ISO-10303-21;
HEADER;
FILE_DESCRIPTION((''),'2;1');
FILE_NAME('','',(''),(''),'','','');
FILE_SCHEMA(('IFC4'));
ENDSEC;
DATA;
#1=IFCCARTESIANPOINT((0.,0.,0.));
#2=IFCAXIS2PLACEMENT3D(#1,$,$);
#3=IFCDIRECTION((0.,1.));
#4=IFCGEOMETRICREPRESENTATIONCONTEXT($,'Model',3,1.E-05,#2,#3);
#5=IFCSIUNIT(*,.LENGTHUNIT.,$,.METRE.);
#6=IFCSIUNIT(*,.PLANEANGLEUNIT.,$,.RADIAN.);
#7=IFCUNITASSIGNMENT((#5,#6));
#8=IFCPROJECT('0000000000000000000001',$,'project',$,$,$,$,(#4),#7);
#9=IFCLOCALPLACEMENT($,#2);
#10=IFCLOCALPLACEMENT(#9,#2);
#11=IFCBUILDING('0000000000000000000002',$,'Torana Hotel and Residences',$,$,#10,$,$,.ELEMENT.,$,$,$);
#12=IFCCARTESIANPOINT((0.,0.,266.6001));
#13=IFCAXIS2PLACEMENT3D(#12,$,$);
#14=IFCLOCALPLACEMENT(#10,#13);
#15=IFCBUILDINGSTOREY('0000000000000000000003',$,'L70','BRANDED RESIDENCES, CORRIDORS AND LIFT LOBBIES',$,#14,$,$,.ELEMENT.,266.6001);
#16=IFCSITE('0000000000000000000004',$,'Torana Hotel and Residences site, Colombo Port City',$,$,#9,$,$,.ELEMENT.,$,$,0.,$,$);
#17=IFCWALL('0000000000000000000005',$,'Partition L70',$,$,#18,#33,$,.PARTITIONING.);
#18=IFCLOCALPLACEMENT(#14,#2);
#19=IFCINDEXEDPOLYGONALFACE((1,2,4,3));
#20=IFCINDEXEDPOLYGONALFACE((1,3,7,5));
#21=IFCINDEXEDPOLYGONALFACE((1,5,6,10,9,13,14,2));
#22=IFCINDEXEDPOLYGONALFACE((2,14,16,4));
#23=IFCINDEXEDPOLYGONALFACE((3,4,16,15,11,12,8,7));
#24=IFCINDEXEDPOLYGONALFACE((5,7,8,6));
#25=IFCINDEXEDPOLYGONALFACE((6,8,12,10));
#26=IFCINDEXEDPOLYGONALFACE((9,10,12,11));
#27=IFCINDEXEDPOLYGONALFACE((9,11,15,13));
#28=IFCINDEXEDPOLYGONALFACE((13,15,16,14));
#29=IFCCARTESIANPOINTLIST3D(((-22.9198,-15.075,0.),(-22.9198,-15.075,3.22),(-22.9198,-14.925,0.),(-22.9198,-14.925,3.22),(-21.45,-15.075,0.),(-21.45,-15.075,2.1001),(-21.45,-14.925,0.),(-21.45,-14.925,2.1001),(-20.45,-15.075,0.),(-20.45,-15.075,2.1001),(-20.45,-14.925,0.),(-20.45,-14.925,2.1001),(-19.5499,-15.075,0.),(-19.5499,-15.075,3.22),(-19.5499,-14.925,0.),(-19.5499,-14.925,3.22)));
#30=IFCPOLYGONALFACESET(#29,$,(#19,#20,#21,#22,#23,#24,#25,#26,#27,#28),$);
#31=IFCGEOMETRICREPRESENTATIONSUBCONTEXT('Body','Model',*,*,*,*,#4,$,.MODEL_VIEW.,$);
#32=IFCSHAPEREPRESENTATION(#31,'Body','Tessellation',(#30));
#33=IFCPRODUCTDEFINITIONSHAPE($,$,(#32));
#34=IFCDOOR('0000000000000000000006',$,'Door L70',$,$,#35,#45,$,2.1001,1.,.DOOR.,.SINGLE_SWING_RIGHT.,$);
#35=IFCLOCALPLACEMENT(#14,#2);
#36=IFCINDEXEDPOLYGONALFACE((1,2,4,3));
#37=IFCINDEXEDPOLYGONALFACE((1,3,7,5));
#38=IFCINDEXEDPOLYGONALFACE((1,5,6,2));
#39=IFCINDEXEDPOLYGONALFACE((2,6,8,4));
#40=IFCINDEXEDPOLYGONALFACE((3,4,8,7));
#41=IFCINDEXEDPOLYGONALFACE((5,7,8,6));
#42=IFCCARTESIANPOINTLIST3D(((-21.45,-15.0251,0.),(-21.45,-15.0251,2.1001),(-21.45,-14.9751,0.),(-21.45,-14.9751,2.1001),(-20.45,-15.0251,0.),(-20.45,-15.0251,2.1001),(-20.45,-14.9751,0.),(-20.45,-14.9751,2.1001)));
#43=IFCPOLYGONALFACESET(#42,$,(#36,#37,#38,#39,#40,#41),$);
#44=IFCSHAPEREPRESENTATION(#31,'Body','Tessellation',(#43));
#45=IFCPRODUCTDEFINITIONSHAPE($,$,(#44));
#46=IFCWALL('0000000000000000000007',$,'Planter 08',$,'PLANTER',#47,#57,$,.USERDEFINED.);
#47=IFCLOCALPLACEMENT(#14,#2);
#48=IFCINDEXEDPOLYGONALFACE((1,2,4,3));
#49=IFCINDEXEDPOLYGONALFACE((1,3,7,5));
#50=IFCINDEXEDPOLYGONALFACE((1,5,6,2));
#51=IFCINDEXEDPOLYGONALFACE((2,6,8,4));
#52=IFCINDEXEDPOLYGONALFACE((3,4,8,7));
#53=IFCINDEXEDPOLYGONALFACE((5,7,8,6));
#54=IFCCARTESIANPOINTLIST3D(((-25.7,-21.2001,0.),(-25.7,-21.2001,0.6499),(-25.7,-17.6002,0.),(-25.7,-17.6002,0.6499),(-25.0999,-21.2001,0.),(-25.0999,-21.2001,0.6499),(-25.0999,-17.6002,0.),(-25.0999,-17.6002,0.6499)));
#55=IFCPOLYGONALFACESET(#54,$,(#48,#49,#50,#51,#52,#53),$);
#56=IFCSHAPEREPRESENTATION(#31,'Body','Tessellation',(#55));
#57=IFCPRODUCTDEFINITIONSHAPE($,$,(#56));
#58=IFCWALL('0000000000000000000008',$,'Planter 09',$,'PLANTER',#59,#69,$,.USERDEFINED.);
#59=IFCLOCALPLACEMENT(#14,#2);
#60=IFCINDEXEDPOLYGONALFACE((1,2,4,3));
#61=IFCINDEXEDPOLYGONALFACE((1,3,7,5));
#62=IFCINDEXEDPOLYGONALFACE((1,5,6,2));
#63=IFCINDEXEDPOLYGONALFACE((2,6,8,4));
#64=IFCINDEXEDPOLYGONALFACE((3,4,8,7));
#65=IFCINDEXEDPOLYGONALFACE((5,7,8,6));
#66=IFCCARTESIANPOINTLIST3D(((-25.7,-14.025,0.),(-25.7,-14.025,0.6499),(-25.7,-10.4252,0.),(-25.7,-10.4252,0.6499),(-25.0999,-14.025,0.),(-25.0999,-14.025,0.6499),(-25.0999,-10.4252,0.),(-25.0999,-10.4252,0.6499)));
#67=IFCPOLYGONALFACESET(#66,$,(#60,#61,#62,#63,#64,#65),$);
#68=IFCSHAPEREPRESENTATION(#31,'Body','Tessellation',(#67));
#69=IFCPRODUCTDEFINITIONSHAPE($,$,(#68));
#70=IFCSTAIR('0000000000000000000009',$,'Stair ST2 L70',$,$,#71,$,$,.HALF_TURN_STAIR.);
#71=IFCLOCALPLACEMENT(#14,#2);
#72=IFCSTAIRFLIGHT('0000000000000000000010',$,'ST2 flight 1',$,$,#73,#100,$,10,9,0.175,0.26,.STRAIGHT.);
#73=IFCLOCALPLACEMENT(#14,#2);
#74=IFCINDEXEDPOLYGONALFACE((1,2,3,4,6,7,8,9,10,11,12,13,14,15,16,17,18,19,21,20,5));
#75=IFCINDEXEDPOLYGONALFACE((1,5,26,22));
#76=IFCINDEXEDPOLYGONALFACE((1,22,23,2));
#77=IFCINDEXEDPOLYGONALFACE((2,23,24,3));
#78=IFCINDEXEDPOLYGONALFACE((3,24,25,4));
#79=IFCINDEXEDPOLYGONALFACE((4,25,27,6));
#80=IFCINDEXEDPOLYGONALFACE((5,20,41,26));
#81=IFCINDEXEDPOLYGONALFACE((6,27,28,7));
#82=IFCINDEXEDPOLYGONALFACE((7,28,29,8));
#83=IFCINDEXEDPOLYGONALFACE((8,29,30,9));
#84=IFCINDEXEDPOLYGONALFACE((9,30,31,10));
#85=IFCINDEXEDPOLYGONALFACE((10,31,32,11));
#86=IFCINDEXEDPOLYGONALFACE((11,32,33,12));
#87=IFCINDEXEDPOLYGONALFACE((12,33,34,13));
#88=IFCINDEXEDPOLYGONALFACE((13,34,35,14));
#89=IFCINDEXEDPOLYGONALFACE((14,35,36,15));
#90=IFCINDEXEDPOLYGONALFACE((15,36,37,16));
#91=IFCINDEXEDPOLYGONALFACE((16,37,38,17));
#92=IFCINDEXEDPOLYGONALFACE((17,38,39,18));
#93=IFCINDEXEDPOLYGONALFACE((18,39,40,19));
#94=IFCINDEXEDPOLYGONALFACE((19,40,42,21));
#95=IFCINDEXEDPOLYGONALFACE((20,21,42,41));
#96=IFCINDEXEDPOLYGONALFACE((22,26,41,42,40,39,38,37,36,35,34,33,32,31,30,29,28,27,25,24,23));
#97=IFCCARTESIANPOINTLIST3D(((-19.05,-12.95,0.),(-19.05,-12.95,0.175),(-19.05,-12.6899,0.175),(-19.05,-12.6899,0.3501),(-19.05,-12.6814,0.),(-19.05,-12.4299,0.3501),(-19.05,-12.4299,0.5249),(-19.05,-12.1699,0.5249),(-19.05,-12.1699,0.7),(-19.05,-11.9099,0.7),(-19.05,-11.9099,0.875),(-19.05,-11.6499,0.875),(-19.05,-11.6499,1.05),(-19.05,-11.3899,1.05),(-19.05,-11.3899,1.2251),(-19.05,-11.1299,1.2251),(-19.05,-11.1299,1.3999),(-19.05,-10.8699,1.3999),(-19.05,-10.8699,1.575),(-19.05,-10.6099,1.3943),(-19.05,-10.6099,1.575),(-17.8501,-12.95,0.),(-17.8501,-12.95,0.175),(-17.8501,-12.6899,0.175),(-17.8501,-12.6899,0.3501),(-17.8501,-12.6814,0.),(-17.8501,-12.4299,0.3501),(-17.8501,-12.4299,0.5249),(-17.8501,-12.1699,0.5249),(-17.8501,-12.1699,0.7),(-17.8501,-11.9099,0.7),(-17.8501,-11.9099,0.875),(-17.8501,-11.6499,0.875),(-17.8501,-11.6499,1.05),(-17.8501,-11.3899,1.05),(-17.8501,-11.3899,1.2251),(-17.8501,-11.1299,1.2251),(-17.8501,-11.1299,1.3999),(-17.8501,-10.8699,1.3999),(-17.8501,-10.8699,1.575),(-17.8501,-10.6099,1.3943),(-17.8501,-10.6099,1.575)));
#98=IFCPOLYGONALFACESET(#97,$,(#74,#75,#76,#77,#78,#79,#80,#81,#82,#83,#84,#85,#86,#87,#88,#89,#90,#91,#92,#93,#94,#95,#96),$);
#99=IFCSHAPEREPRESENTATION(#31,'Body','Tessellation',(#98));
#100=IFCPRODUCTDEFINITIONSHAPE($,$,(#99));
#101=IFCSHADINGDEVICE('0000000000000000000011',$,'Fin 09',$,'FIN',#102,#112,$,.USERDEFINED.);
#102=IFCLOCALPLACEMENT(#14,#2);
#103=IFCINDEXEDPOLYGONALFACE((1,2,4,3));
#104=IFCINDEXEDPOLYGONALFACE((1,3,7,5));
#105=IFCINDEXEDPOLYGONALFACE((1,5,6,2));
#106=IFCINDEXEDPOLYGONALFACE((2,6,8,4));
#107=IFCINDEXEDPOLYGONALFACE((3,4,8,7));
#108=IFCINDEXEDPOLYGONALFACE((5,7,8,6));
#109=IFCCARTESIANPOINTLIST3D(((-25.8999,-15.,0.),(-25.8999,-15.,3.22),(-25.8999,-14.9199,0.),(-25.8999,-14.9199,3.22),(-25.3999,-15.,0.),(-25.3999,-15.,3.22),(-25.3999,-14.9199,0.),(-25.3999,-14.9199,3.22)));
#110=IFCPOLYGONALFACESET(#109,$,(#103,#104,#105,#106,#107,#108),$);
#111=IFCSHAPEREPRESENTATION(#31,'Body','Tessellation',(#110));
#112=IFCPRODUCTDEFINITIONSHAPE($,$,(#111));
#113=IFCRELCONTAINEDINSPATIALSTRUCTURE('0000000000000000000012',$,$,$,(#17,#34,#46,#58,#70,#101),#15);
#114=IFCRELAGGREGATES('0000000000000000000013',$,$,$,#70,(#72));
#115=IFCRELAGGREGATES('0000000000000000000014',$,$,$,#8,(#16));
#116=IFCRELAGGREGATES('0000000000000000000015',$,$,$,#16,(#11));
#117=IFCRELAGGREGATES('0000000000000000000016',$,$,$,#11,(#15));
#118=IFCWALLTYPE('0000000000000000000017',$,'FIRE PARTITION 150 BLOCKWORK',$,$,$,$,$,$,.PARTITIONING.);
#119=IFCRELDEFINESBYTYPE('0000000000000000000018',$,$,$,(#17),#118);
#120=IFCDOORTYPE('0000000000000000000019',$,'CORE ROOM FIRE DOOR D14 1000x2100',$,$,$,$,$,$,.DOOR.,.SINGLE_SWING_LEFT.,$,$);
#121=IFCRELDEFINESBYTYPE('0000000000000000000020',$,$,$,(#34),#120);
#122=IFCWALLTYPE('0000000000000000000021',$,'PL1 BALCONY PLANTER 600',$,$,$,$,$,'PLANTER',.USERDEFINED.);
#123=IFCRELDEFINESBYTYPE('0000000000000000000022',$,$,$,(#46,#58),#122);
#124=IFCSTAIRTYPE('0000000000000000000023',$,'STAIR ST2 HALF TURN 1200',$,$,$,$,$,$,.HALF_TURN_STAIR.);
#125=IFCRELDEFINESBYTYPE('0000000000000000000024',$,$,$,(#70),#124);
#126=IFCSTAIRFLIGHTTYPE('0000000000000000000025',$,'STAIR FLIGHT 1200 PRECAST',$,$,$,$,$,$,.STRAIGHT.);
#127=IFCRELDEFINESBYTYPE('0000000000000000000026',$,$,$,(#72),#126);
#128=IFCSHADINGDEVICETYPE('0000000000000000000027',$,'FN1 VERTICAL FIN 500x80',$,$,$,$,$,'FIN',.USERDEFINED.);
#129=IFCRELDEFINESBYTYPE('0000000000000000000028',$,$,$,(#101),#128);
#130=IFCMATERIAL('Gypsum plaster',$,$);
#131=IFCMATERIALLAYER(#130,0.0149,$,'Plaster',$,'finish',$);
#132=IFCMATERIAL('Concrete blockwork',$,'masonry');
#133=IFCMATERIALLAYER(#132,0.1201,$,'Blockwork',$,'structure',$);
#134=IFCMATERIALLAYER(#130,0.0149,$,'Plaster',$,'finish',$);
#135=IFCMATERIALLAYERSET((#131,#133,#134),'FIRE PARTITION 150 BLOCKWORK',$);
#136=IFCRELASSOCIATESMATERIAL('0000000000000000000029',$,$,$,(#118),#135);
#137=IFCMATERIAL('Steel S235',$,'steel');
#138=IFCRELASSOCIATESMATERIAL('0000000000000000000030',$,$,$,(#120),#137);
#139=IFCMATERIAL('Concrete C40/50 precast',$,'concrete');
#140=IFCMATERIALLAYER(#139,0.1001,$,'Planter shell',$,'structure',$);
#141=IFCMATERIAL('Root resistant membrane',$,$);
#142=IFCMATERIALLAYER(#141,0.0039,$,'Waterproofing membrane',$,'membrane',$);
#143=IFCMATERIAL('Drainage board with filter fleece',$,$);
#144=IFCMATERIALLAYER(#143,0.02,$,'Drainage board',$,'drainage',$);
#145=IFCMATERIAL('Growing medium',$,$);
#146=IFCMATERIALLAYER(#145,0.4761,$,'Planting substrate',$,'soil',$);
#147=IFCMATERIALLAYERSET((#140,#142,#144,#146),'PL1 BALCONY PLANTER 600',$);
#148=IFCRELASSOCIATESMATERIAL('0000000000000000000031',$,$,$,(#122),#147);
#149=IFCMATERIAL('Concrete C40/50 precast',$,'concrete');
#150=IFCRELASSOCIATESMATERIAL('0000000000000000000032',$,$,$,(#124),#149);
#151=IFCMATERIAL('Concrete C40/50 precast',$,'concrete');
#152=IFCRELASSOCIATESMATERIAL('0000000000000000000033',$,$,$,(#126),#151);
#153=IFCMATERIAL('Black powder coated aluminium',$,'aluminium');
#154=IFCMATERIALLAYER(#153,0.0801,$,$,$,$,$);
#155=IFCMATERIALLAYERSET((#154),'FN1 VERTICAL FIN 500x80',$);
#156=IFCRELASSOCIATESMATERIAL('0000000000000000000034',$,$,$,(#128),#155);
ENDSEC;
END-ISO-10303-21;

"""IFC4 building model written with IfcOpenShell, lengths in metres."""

from ifc_helpers import new_model, si_unit, direction, frame, frame_2d, origin, origin_2d, place, context, subcontext, project, spatial, polyline, rectangle, outline, extrude, material, layer, layer_set, type_object, element, fill, aggregate, save


model = new_model("IFC4")

# Units and contexts
model_context = context("Model", 3, precision=1e-05, world=origin(), true_north=direction((0.0, 1.0)))
body_context = subcontext(model_context, "Body", "Model", "MODEL_VIEW")
ifc_project = project(units=[si_unit("LENGTHUNIT", "METRE"), si_unit("PLANEANGLEUNIT", "RADIAN")], contexts=[model_context])

# Site, building, storey
site_placement = place(None, origin())
site = spatial("IfcSite", under=ifc_project, at=site_placement, Name="Torana Hotel and Residences site, Colombo Port City", CompositionType="ELEMENT", RefElevation=0.0)
building_placement = place(site_placement, origin())
building = spatial("IfcBuilding", under=site, at=building_placement, Name="Torana Hotel and Residences", CompositionType="ELEMENT")
storey_placement = place(building_placement, frame((0.0, 0.0, 266.6001)))
storey = spatial("IfcBuildingStorey", under=building, at=storey_placement, Name="L70", Description="BRANDED RESIDENCES, CORRIDORS AND LIFT LOBBIES", CompositionType="ELEMENT", Elevation=266.6001)

# Shared definitions
ifc_material_1 = material(Name="Gypsum plaster")
ifc_layer_1 = layer(ifc_material_1, 0.0149, Name="Plaster", Category="finish")
ifc_material_2 = material(Name="Concrete blockwork", Category="masonry")
ifc_layer_2 = layer(ifc_material_2, 0.1201, Name="Blockwork", Category="structure")
ifc_layer_3 = layer(ifc_material_1, 0.0149, Name="Plaster", Category="finish")
ifc_layer_set_1 = layer_set([ifc_layer_1, ifc_layer_2, ifc_layer_3], Name="FIRE PARTITION 150 BLOCKWORK")
wall_type_1 = type_object("IfcWallType", Name="FIRE PARTITION 150 BLOCKWORK", PredefinedType="PARTITIONING", material=ifc_layer_set_1)

# Wall, opening, door
wall_1_placement = place(storey_placement, frame((-22.9199, -15.0, 0.0), z_axis=(0.0, 0.0, 1.0), x_axis=(1.0, 0.0, 0.0)))
wall_1 = element("IfcWall", 1, at=wall_1_placement, inside=storey, type_object=wall_type_1, Name="Partition L70", PredefinedType="PARTITIONING", context=body_context, shape_type="SweptSolid", body=[
    extrude(rectangle(XDim=3.3699, YDim=0.1499, at=frame_2d((1.6851, 0.0))), origin(), (0.0, 0.0, 1.0), 3.22),
])
opening_1_placement = place(wall_1_placement, frame((1.47, 0.0, 0.0)))
opening_1 = element("IfcOpeningElement", 2, at=opening_1_placement, cuts=wall_1, PredefinedType="OPENING", context=body_context, shape_type="SweptSolid", body=[
    extrude(rectangle(XDim=1.0, YDim=2.1001, at=frame_2d((0.5, 1.05))), frame((0.0, 0.085, 0.0), z_axis=(0.0, -1.0, 0.0), x_axis=(1.0, 0.0, 0.0)), (0.0, 0.0, 1.0), 0.1699),
])
ifc_material_3 = material(Name="Steel S235", Category="steel")
door_type_1 = type_object("IfcDoorType", Name="CORE ROOM FIRE DOOR D14 1000x2100", OperationType="SINGLE_SWING_LEFT", PredefinedType="DOOR", material=ifc_material_3)
door_1_placement = place(opening_1_placement, origin())
door_1 = element("IfcDoor", 3, at=door_1_placement, inside=storey, type_object=door_type_1, Name="Door L70", OperationType="SINGLE_SWING_RIGHT", OverallHeight=2.1001, OverallWidth=1.0, PredefinedType="DOOR", context=body_context, shape_type="SweptSolid", body=[
    extrude(rectangle(XDim=1.0, YDim=2.1001, at=frame_2d((0.5, 1.05))), frame((0.0, 0.0249, 0.0), z_axis=(0.0, -1.0, 0.0), x_axis=(1.0, 0.0, 0.0)), (0.0, 0.0, 1.0), 0.05),
])
fill(opening_1, door_1)

# Walls
ifc_material_4 = material(Name="Concrete C40/50 precast", Category="concrete")
ifc_layer_4 = layer(ifc_material_4, 0.1001, Name="Planter shell", Category="structure")
ifc_material_5 = material(Name="Root resistant membrane")
ifc_layer_5 = layer(ifc_material_5, 0.0039, Name="Waterproofing membrane", Category="membrane")
ifc_material_6 = material(Name="Drainage board with filter fleece")
ifc_layer_6 = layer(ifc_material_6, 0.02, Name="Drainage board", Category="drainage")
ifc_material_7 = material(Name="Growing medium")
ifc_layer_7 = layer(ifc_material_7, 0.4761, Name="Planting substrate", Category="soil")
ifc_layer_set_2 = layer_set([ifc_layer_4, ifc_layer_5, ifc_layer_6, ifc_layer_7], Name="PL1 BALCONY PLANTER 600")
wall_type_2 = type_object("IfcWallType", Name="PL1 BALCONY PLANTER 600", ElementType="PLANTER", PredefinedType="USERDEFINED", material=ifc_layer_set_2)
for number, where, z_axis, x_axis, name in (
    (4, (-25.3999, -21.2, 0.0), (0.0, 0.0, 1.0), (0.0, 1.0, 0.0), "Planter 08"),
    (5, (-25.3999, -14.0249, 0.0), (0.0, 0.0, 1.0), (0.0, 1.0, 0.0), "Planter 09"),
):
    element("IfcWall", number, at=place(storey_placement, frame(where, z_axis=z_axis, x_axis=x_axis)), inside=storey, type_object=wall_type_2, Name=name, ObjectType="PLANTER", PredefinedType="USERDEFINED", context=body_context, shape_type="SweptSolid", body=[
        extrude(rectangle(XDim=3.5999, YDim=0.6001, at=frame_2d((1.7998, 0.0))), origin(), (0.0, 0.0, 1.0), 0.6499),
    ])

# Stair, stair flight
ifc_material_8 = material(Name="Concrete C40/50 precast", Category="concrete")
stair_type = type_object("IfcStairType", Name="STAIR ST2 HALF TURN 1200", PredefinedType="HALF_TURN_STAIR", material=ifc_material_8)
stair_placement = place(storey_placement, origin())
stair = element("IfcStair", 6, at=stair_placement, inside=storey, type_object=stair_type, Name="Stair ST2 L70", PredefinedType="HALF_TURN_STAIR")
ifc_material_9 = material(Name="Concrete C40/50 precast", Category="concrete")
stair_flight_type = type_object("IfcStairFlightType", Name="STAIR FLIGHT 1200 PRECAST", PredefinedType="STRAIGHT", material=ifc_material_9)
stair_flight_placement = place(storey_placement, frame((-18.45, -12.95, 0.0), z_axis=(0.0, 0.0, 1.0), x_axis=(0.0, 1.0, 0.0)))
stair_flight = element("IfcStairFlight", 7, at=stair_flight_placement, type_object=stair_flight_type, Name="ST2 flight 1", NumberOfRisers=10, NumberOfTreads=9, PredefinedType="STRAIGHT", RiserHeight=0.175, TreadLength=0.26, context=body_context, shape_type="SweptSolid", body=[
    extrude(outline(polyline([(0.0, 0.0), (0.0, 0.175), (0.26, 0.175), (0.26, 0.3501), (0.52, 0.3501), (0.52, 0.5249), (0.78, 0.5249), (0.78, 0.7), (1.04, 0.7), (1.04, 0.875), (1.3, 0.875), (1.3, 1.05), (1.5601, 1.05), (1.5601, 1.2251), (1.8201, 1.2251), (1.8201, 1.3999), (2.0801, 1.3999), (2.0801, 1.575), (2.3401, 1.575), (2.3401, 1.75), (2.3401, 1.3943), (0.2686, 0.0), (0.0, 0.0)])), frame((0.0, 0.6001, 0.0), z_axis=(0.0, -1.0, 0.0), x_axis=(1.0, 0.0, 0.0)), (0.0, 0.0, 1.0), 1.2),
])
aggregate(stair, [stair_flight])

# Shading device
ifc_material_10 = material(Name="Black powder coated aluminium", Category="aluminium")
ifc_layer_8 = layer(ifc_material_10, 0.0801)
ifc_layer_set_3 = layer_set([ifc_layer_8], Name="FN1 VERTICAL FIN 500x80")
shading_device_type = type_object("IfcShadingDeviceType", Name="FN1 VERTICAL FIN 500x80", ElementType="FIN", PredefinedType="USERDEFINED", material=ifc_layer_set_3)
shading_device_placement = place(storey_placement, frame((-25.6499, -14.96, 0.0), z_axis=(0.0, 0.0, 1.0), x_axis=(0.0, 1.0, 0.0)))
element("IfcShadingDevice", 8, at=shading_device_placement, inside=storey, type_object=shading_device_type, Name="Fin 09", ObjectType="FIN", PredefinedType="USERDEFINED", context=body_context, shape_type="SweptSolid", body=[
    extrude(rectangle(XDim=0.0801, YDim=0.5, at=origin_2d()), origin(), (0.0, 0.0, 1.0), 3.22),
])

save(model, "model.ifc")
